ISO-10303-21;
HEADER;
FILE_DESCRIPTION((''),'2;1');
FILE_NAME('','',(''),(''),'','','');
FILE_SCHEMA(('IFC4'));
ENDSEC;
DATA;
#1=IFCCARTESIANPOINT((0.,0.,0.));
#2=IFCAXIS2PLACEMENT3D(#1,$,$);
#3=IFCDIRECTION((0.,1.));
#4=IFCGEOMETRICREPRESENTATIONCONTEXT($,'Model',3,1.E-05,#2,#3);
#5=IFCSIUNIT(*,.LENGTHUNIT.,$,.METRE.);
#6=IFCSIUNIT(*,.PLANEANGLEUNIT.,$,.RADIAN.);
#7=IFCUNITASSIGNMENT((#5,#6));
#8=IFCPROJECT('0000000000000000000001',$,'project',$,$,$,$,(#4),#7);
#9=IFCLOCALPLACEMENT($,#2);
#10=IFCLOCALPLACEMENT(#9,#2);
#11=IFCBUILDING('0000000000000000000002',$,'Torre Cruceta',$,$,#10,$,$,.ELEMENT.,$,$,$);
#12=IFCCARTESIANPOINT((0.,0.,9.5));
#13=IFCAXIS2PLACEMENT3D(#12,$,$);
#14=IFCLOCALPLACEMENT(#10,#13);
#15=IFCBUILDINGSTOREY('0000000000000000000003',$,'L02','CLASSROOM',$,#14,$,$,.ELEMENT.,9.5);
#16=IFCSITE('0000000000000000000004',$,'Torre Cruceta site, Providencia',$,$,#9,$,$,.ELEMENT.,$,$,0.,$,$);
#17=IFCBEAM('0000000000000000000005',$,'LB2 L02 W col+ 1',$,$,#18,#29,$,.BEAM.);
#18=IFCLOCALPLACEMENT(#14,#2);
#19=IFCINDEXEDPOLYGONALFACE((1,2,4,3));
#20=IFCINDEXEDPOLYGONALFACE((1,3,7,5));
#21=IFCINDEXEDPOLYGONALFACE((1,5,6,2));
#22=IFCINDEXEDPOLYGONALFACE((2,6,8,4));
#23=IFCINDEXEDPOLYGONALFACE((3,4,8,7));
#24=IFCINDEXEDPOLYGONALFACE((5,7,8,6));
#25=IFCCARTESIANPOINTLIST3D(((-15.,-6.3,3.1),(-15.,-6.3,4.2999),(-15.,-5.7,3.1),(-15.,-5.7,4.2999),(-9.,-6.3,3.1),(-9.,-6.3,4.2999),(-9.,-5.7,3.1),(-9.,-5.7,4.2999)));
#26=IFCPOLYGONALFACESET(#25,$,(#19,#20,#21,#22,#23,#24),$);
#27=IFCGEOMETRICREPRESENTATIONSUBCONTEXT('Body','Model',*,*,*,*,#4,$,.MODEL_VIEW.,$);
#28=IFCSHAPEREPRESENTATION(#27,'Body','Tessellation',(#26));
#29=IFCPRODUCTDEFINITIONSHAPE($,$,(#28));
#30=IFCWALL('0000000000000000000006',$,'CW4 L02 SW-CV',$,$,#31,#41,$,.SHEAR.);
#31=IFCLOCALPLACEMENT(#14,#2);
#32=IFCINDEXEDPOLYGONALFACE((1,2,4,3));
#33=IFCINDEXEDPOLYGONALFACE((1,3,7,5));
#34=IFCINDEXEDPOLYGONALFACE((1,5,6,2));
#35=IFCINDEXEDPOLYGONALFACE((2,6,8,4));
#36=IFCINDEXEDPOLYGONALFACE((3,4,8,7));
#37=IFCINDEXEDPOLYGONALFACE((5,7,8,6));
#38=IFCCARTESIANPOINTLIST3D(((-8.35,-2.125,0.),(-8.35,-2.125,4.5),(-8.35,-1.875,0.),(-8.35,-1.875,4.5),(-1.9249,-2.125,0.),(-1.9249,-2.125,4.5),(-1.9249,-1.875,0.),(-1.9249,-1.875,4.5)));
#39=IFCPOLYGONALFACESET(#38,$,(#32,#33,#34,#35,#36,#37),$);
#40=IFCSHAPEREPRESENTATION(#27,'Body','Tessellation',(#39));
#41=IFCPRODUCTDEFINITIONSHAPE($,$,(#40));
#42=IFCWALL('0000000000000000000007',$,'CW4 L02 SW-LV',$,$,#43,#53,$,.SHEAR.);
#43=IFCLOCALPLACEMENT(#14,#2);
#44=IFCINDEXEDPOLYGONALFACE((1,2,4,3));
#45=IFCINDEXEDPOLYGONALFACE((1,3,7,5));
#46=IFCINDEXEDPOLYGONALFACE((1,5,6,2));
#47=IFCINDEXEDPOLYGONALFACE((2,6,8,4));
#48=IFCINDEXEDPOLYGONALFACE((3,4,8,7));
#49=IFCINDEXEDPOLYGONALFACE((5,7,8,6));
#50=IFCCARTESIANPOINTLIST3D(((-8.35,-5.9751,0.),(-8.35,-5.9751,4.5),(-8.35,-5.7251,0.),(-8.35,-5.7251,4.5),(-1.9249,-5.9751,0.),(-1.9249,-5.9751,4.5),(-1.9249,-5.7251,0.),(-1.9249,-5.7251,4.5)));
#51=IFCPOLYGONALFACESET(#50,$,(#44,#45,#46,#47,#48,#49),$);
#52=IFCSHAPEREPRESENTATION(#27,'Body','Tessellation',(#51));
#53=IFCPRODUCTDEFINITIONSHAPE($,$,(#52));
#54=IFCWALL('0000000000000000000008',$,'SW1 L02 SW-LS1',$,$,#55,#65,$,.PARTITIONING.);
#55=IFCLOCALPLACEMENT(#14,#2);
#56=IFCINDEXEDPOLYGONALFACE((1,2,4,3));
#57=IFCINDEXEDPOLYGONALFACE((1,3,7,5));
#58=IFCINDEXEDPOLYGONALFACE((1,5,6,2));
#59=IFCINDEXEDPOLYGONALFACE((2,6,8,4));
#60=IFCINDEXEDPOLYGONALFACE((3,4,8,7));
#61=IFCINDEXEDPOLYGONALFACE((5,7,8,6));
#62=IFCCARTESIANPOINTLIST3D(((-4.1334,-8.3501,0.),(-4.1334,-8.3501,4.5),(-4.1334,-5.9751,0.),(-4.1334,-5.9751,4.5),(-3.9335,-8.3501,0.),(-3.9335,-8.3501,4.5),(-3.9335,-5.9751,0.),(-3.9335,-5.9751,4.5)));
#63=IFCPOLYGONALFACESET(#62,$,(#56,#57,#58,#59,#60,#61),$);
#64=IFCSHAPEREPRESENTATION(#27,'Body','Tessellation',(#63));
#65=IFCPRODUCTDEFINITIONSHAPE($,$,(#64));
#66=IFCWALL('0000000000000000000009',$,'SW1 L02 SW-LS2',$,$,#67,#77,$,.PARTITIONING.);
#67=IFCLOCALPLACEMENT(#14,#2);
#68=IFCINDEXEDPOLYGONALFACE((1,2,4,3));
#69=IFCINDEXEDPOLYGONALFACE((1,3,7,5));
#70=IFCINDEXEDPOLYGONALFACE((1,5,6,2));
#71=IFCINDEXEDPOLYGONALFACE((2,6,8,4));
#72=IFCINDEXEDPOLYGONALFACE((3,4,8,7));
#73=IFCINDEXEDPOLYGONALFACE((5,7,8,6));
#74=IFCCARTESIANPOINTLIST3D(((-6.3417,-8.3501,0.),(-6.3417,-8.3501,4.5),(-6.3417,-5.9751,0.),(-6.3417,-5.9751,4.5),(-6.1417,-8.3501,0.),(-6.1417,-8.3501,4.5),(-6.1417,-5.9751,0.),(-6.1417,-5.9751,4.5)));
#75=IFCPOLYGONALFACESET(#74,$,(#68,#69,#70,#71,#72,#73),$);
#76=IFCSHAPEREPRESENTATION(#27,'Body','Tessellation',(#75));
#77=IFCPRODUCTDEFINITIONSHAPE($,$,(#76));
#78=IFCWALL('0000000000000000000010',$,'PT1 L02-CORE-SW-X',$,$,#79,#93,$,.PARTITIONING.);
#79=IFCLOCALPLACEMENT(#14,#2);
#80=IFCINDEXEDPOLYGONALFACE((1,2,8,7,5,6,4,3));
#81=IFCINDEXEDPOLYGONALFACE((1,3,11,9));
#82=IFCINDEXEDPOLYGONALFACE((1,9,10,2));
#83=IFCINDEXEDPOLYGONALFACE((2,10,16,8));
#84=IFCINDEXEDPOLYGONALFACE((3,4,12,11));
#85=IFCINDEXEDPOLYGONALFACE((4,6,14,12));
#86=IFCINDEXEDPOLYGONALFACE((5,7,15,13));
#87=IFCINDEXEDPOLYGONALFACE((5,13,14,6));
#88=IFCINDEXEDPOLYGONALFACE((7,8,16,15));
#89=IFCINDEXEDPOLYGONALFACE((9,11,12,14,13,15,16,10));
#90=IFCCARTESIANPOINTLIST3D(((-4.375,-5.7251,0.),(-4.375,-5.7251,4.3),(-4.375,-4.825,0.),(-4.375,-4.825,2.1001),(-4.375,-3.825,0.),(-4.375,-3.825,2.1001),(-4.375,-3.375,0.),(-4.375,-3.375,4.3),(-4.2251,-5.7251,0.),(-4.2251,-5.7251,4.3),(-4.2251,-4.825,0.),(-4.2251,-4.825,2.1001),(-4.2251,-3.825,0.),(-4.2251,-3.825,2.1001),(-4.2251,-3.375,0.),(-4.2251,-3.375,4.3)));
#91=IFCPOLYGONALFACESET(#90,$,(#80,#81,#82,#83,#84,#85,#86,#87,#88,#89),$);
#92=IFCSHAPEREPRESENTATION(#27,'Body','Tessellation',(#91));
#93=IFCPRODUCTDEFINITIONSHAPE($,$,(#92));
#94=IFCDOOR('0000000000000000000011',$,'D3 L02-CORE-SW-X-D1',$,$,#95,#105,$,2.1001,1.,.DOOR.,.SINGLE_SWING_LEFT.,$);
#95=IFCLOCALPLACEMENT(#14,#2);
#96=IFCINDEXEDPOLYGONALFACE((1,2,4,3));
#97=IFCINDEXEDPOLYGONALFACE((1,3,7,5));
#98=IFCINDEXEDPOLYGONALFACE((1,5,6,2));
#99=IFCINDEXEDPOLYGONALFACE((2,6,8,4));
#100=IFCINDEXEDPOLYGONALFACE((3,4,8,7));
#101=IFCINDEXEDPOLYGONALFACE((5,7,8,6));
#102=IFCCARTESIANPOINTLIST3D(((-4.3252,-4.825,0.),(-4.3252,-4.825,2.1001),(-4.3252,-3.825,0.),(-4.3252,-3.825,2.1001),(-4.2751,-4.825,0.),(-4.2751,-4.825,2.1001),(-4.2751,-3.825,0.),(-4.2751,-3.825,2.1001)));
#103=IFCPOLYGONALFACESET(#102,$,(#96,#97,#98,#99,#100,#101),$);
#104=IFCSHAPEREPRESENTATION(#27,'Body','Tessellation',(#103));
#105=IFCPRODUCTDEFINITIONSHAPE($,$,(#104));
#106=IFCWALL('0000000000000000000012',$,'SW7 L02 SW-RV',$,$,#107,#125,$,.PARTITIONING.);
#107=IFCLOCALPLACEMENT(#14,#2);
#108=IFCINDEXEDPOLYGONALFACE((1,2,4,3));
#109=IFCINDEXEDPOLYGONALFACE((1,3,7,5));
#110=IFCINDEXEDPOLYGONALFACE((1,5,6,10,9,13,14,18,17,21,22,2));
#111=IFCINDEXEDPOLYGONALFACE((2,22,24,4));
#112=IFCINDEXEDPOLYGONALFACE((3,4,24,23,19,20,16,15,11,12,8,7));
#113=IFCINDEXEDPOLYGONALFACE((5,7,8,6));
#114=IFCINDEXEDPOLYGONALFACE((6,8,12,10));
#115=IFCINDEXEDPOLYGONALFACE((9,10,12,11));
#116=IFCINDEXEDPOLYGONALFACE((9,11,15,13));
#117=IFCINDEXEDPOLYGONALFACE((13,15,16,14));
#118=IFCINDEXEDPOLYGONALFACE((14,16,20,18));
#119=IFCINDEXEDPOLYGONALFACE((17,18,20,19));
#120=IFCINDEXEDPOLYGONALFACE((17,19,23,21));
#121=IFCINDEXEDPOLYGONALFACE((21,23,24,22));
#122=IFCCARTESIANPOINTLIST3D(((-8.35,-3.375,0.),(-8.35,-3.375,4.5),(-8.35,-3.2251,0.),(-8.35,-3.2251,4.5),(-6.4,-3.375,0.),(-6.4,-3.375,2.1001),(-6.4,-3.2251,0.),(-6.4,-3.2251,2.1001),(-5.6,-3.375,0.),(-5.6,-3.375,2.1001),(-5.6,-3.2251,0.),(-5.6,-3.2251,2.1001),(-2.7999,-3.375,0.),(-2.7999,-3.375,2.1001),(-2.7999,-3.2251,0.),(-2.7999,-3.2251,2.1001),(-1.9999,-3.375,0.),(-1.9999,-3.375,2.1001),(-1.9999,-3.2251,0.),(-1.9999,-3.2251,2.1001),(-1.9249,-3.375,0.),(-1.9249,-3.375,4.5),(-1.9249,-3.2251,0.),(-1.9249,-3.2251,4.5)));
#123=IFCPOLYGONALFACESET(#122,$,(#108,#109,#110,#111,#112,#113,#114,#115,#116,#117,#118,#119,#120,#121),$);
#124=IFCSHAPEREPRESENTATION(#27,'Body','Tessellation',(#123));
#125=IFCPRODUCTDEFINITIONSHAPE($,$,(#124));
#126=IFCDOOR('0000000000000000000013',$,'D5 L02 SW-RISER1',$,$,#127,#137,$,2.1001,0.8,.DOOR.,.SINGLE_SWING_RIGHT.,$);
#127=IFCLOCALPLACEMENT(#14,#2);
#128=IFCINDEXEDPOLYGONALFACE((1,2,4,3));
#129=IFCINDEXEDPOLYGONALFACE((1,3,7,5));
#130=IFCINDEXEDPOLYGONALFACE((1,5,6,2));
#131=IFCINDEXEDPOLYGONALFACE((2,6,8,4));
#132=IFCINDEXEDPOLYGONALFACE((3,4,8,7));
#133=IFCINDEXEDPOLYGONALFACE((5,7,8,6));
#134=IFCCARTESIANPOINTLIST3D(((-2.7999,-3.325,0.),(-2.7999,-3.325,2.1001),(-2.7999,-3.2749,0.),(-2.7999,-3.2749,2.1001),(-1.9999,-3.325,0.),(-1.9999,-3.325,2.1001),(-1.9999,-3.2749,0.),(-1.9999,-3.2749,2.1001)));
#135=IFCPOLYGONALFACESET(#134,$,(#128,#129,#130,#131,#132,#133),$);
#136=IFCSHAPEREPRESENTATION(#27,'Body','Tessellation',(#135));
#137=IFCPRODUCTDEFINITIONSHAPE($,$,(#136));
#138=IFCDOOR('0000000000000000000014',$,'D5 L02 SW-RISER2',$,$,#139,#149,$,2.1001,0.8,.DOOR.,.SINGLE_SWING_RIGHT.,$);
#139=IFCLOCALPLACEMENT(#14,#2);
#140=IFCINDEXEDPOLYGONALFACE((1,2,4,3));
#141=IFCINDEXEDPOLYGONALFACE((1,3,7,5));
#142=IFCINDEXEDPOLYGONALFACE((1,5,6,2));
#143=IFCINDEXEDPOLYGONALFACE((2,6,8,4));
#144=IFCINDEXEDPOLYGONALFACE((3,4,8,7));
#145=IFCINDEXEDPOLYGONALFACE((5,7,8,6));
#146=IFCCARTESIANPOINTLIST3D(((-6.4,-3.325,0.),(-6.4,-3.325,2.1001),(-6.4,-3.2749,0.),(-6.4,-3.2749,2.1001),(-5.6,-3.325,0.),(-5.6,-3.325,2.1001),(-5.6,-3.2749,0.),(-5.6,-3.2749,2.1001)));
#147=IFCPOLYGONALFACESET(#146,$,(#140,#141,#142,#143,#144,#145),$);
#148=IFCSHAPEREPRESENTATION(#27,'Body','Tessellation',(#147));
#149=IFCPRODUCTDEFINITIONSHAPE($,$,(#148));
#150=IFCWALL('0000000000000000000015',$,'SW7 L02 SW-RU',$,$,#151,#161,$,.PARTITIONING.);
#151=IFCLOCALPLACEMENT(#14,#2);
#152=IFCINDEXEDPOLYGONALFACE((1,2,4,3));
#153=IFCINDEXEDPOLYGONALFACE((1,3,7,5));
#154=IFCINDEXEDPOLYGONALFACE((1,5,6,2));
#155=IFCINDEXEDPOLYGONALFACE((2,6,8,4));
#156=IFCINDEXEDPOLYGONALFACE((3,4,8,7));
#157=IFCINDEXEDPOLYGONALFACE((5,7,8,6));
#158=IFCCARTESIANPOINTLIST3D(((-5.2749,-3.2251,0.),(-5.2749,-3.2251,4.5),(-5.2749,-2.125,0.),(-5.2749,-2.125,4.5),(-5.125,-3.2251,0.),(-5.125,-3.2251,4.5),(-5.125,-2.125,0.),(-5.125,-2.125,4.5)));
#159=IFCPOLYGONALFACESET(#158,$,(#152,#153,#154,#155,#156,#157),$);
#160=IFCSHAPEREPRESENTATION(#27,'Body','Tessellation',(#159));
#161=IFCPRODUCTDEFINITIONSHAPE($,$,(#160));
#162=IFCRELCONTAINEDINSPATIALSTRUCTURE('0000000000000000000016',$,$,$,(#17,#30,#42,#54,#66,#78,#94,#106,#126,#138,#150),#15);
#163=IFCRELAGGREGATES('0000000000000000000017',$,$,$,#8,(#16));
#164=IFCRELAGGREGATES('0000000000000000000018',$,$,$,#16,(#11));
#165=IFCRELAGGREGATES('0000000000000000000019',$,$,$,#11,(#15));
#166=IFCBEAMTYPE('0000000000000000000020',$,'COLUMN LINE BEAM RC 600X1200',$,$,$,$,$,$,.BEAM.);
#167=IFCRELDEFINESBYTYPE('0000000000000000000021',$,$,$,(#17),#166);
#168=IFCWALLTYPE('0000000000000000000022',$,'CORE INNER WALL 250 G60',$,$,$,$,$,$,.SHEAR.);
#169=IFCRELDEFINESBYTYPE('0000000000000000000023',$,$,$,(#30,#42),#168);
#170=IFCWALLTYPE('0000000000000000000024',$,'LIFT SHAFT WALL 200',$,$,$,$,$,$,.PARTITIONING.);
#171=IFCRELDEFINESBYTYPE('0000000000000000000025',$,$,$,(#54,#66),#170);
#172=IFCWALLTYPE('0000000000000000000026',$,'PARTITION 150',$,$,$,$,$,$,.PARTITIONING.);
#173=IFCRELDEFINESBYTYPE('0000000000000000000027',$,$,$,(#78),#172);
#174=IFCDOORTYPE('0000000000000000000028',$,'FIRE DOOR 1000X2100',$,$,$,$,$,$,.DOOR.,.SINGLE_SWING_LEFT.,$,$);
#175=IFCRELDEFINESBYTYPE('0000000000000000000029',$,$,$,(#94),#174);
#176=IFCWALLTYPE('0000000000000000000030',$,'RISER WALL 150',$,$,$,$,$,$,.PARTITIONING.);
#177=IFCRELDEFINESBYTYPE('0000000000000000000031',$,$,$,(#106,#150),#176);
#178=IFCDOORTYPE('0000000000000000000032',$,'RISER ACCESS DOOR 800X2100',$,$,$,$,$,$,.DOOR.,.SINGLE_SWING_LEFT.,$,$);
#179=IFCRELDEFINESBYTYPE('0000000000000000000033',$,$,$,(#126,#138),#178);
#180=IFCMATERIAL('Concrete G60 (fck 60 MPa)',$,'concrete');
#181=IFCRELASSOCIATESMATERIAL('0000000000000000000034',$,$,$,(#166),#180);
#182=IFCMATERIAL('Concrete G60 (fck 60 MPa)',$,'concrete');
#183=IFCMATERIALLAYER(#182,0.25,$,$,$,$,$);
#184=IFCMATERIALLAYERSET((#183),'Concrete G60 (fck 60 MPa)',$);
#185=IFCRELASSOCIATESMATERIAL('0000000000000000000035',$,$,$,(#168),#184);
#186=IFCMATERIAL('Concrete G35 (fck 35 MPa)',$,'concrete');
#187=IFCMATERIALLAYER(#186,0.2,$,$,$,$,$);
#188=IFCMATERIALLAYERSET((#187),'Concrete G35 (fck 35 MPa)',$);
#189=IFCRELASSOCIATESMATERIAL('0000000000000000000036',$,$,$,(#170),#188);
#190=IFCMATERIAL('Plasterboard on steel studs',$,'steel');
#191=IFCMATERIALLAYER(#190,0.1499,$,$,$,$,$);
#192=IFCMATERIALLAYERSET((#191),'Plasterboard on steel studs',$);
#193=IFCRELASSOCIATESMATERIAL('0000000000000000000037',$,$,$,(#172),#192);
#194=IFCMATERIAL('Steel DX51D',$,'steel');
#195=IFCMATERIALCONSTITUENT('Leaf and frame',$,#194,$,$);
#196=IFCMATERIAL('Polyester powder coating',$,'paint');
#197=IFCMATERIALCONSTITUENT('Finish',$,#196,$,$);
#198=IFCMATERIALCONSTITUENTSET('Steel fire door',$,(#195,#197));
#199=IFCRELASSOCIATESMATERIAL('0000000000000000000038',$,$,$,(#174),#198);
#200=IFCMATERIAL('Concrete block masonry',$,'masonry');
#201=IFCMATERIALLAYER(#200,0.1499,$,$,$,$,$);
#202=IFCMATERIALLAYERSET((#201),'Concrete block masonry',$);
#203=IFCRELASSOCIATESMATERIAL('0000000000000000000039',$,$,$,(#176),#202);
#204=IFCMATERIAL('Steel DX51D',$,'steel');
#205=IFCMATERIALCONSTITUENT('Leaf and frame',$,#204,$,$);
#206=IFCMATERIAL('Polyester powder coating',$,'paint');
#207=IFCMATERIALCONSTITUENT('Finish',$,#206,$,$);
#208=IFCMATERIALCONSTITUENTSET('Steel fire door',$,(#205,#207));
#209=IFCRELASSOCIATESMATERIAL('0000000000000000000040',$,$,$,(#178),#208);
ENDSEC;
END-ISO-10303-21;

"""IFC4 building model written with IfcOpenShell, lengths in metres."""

from ifc_helpers import new_model, si_unit, direction, frame, frame_2d, origin, origin_2d, place, context, subcontext, project, spatial, rectangle, extrude, material, layer, layer_set, constituent, constituent_set, material_profile, profile_set, type_object, element, fill, save


model = new_model("IFC4")

# Units and contexts
model_context = context("Model", 3, precision=1e-05, world=origin(), true_north=direction((0.0, 1.0)))
body_context = subcontext(model_context, "Body", "Model", "MODEL_VIEW")
ifc_project = project(units=[si_unit("LENGTHUNIT", "METRE"), si_unit("PLANEANGLEUNIT", "RADIAN")], contexts=[model_context])

# Site, building, storey
site_placement = place(None, origin())
site = spatial("IfcSite", under=ifc_project, at=site_placement, Name="Torre Cruceta site, Providencia", CompositionType="ELEMENT", RefElevation=0.0)
building_placement = place(site_placement, origin())
building = spatial("IfcBuilding", under=site, at=building_placement, Name="Torre Cruceta", CompositionType="ELEMENT")
storey_placement = place(building_placement, frame((0.0, 0.0, 9.5)))
storey = spatial("IfcBuildingStorey", under=building, at=storey_placement, Name="L02", Description="CLASSROOM", CompositionType="ELEMENT", Elevation=9.5)

# Beam
ifc_material_1 = material(Name="Concrete G60 (fck 60 MPa)", Category="concrete")
ifc_material_profile = material_profile(ifc_material_1, rectangle(XDim=0.6001, YDim=1.2, at=origin_2d()), Name="RC 600X1200")
ifc_profile_set = profile_set([ifc_material_profile], Name="Concrete G60 (fck 60 MPa)")
beam_type = type_object("IfcBeamType", Name="COLUMN LINE BEAM RC 600X1200", PredefinedType="BEAM", material=ifc_profile_set)
beam_placement = place(storey_placement, frame((-9.0, -6.0, 3.7), z_axis=(-1.0, 0.0, 0.0), x_axis=(0.0, -1.0, 0.0)))
element("IfcBeam", 1, at=beam_placement, inside=storey, type_object=beam_type, Name="LB2 L02 W col+ 1", PredefinedType="BEAM", context=body_context, shape_type="SweptSolid", body=[
    extrude(rectangle(XDim=0.6001, YDim=1.2, at=origin_2d()), origin(), (0.0, 0.0, 1.0), 6.0),
])

# Shared definitions
ifc_material_2 = material(Name="Concrete G60 (fck 60 MPa)", Category="concrete")
ifc_layer_1 = layer(ifc_material_2, 0.25)
ifc_layer_set_1 = layer_set([ifc_layer_1], Name="Concrete G60 (fck 60 MPa)")
wall_type_1 = type_object("IfcWallType", Name="CORE INNER WALL 250 G60", PredefinedType="SHEAR", material=ifc_layer_set_1)

# Walls
for number, where, z_axis, x_axis, name in (
    (2, (-1.925, -2.0, 0.0), (0.0, 0.0, 1.0), (-1.0, 0.0, 0.0), "CW4 L02 SW-CV"),
    (3, (-1.925, -5.8501, 0.0), (0.0, 0.0, 1.0), (-1.0, 0.0, 0.0), "CW4 L02 SW-LV"),
):
    element("IfcWall", number, at=place(storey_placement, frame(where, z_axis=z_axis, x_axis=x_axis)), inside=storey, type_object=wall_type_1, Name=name, PredefinedType="SHEAR", context=body_context, shape_type="SweptSolid", body=[
        extrude(rectangle(XDim=6.425, YDim=0.25, at=frame_2d((3.2124, 0.0))), origin(), (0.0, 0.0, 1.0), 4.5),
    ])
ifc_material_3 = material(Name="Concrete G35 (fck 35 MPa)", Category="concrete")
ifc_layer_2 = layer(ifc_material_3, 0.2)
ifc_layer_set_2 = layer_set([ifc_layer_2], Name="Concrete G35 (fck 35 MPa)")
wall_type_2 = type_object("IfcWallType", Name="LIFT SHAFT WALL 200", PredefinedType="PARTITIONING", material=ifc_layer_set_2)
for number, where, z_axis, x_axis, name in (
    (4, (-4.0334, -5.9751, 0.0), (0.0, 0.0, 1.0), (0.0, -1.0, 0.0), "SW1 L02 SW-LS1"),
    (5, (-6.2417, -5.9751, 0.0), (0.0, 0.0, 1.0), (0.0, -1.0, 0.0), "SW1 L02 SW-LS2"),
):
    element("IfcWall", number, at=place(storey_placement, frame(where, z_axis=z_axis, x_axis=x_axis)), inside=storey, type_object=wall_type_2, Name=name, PredefinedType="PARTITIONING", context=body_context, shape_type="SweptSolid", body=[
        extrude(rectangle(XDim=2.375, YDim=0.2, at=frame_2d((1.1875, 0.0))), origin(), (0.0, 0.0, 1.0), 4.5),
    ])

# Wall, opening, door
ifc_material_4 = material(Name="Plasterboard on steel studs", Category="steel")
ifc_layer_3 = layer(ifc_material_4, 0.1499)
ifc_layer_set_3 = layer_set([ifc_layer_3], Name="Plasterboard on steel studs")
wall_type_3 = type_object("IfcWallType", Name="PARTITION 150", PredefinedType="PARTITIONING", material=ifc_layer_set_3)
wall_1_placement = place(storey_placement, frame((-4.3, -3.375, 0.0), z_axis=(0.0, 0.0, 1.0), x_axis=(0.0, -1.0, 0.0)))
wall_1 = element("IfcWall", 6, at=wall_1_placement, inside=storey, type_object=wall_type_3, Name="PT1 L02-CORE-SW-X", PredefinedType="PARTITIONING", context=body_context, shape_type="SweptSolid", body=[
    extrude(rectangle(XDim=2.3501, YDim=0.1499, at=frame_2d((1.175, 0.0))), origin(), (0.0, 0.0, 1.0), 4.3),
])
opening_1_placement = place(wall_1_placement, frame((0.45, 0.0, 0.0)))
opening_1 = element("IfcOpeningElement", 7, at=opening_1_placement, cuts=wall_1, PredefinedType="OPENING", context=body_context, shape_type="SweptSolid", body=[
    extrude(rectangle(XDim=1.0, YDim=2.1001, at=frame_2d((0.5, 1.05))), frame((0.0, 0.085, 0.0), z_axis=(0.0, -1.0, 0.0), x_axis=(1.0, 0.0, 0.0)), (0.0, 0.0, 1.0), 0.1699),
])
ifc_material_5 = material(Name="Steel DX51D", Category="steel")
ifc_constituent_1 = constituent(ifc_material_5, Name="Leaf and frame")
ifc_material_6 = material(Name="Polyester powder coating", Category="paint")
ifc_constituent_2 = constituent(ifc_material_6, Name="Finish")
ifc_constituent_set_1 = constituent_set(constituents=[ifc_constituent_1, ifc_constituent_2], Name="Steel fire door")
door_type_1 = type_object("IfcDoorType", Name="FIRE DOOR 1000X2100", OperationType="SINGLE_SWING_LEFT", PredefinedType="DOOR", material=ifc_constituent_set_1)
door_1_placement = place(opening_1_placement, origin())
door_1 = element("IfcDoor", 8, at=door_1_placement, inside=storey, type_object=door_type_1, Name="D3 L02-CORE-SW-X-D1", OperationType="SINGLE_SWING_LEFT", OverallHeight=2.1001, OverallWidth=1.0, PredefinedType="DOOR", context=body_context, shape_type="SweptSolid", body=[
    extrude(rectangle(XDim=1.0, YDim=2.1001, at=frame_2d((0.5, 1.05))), frame((0.0, 0.0249, 0.0), z_axis=(0.0, -1.0, 0.0), x_axis=(1.0, 0.0, 0.0)), (0.0, 0.0, 1.0), 0.05),
])
fill(opening_1, door_1)

# Wall, openings, doors
ifc_material_7 = material(Name="Concrete block masonry", Category="masonry")
ifc_layer_4 = layer(ifc_material_7, 0.1499)
ifc_layer_set_4 = layer_set([ifc_layer_4], Name="Concrete block masonry")
wall_type_4 = type_object("IfcWallType", Name="RISER WALL 150", PredefinedType="PARTITIONING", material=ifc_layer_set_4)
wall_2_placement = place(storey_placement, frame((-1.925, -3.3, 0.0), z_axis=(0.0, 0.0, 1.0), x_axis=(-1.0, 0.0, 0.0)))
wall_2 = element("IfcWall", 9, at=wall_2_placement, inside=storey, type_object=wall_type_4, Name="SW7 L02 SW-RV", PredefinedType="PARTITIONING", context=body_context, shape_type="SweptSolid", body=[
    extrude(rectangle(XDim=6.425, YDim=0.1499, at=frame_2d((3.2124, 0.0))), origin(), (0.0, 0.0, 1.0), 4.5),
])
opening_2_placement = place(wall_2_placement, frame((0.075, 0.0, 0.0)))
opening_2 = element("IfcOpeningElement", 10, at=opening_2_placement, cuts=wall_2, PredefinedType="OPENING", context=body_context, shape_type="SweptSolid", body=[
    extrude(rectangle(XDim=0.8, YDim=2.1001, at=frame_2d((0.3999, 1.05))), frame((0.0, 0.085, 0.0), z_axis=(0.0, -1.0, 0.0), x_axis=(1.0, 0.0, 0.0)), (0.0, 0.0, 1.0), 0.1699),
])
opening_3_placement = place(wall_2_placement, frame((3.675, 0.0, 0.0)))
opening_3 = element("IfcOpeningElement", 11, at=opening_3_placement, cuts=wall_2, PredefinedType="OPENING", context=body_context, shape_type="SweptSolid", body=[
    extrude(rectangle(XDim=0.8, YDim=2.1001, at=frame_2d((0.3999, 1.05))), frame((0.0, 0.085, 0.0), z_axis=(0.0, -1.0, 0.0), x_axis=(1.0, 0.0, 0.0)), (0.0, 0.0, 1.0), 0.1699),
])
ifc_material_8 = material(Name="Steel DX51D", Category="steel")
ifc_constituent_3 = constituent(ifc_material_8, Name="Leaf and frame")
ifc_material_9 = material(Name="Polyester powder coating", Category="paint")
ifc_constituent_4 = constituent(ifc_material_9, Name="Finish")
ifc_constituent_set_2 = constituent_set(constituents=[ifc_constituent_3, ifc_constituent_4], Name="Steel fire door")
door_type_2 = type_object("IfcDoorType", Name="RISER ACCESS DOOR 800X2100", OperationType="SINGLE_SWING_LEFT", PredefinedType="DOOR", material=ifc_constituent_set_2)
door_2_placement = place(opening_2_placement, frame((0.8, 0.0, 0.0), z_axis=(0.0, 0.0, 1.0), x_axis=(-1.0, 0.0, 0.0)))
door_2 = element("IfcDoor", 12, at=door_2_placement, inside=storey, type_object=door_type_2, Name="D5 L02 SW-RISER1", OperationType="SINGLE_SWING_RIGHT", OverallHeight=2.1001, OverallWidth=0.8, PredefinedType="DOOR", context=body_context, shape_type="SweptSolid", body=[
    extrude(rectangle(XDim=0.8, YDim=2.1001, at=frame_2d((0.4001, 1.05))), frame((0.0, 0.0251, 0.0), z_axis=(0.0, -1.0, 0.0), x_axis=(1.0, 0.0, 0.0)), (0.0, 0.0, 1.0), 0.05),
])
fill(opening_2, door_2)
door_3_placement = place(opening_3_placement, frame((0.8, 0.0, 0.0), z_axis=(0.0, 0.0, 1.0), x_axis=(-1.0, 0.0, 0.0)))
door_3 = element("IfcDoor", 13, at=door_3_placement, inside=storey, type_object=door_type_2, Name="D5 L02 SW-RISER2", OperationType="SINGLE_SWING_RIGHT", OverallHeight=2.1001, OverallWidth=0.8, PredefinedType="DOOR", context=body_context, shape_type="SweptSolid", body=[
    extrude(rectangle(XDim=0.8, YDim=2.1001, at=frame_2d((0.4001, 1.05))), frame((0.0, 0.0251, 0.0), z_axis=(0.0, -1.0, 0.0), x_axis=(1.0, 0.0, 0.0)), (0.0, 0.0, 1.0), 0.05),
])
fill(opening_3, door_3)

# Wall
wall_3_placement = place(storey_placement, frame((-5.2, -2.125, 0.0), z_axis=(0.0, 0.0, 1.0), x_axis=(0.0, -1.0, 0.0)))
element("IfcWall", 14, at=wall_3_placement, inside=storey, type_object=wall_type_4, Name="SW7 L02 SW-RU", PredefinedType="PARTITIONING", context=body_context, shape_type="SweptSolid", body=[
    extrude(rectangle(XDim=1.1001, YDim=0.1499, at=frame_2d((0.55, 0.0))), origin(), (0.0, 0.0, 1.0), 4.5),
])

save(model, "model.ifc")
